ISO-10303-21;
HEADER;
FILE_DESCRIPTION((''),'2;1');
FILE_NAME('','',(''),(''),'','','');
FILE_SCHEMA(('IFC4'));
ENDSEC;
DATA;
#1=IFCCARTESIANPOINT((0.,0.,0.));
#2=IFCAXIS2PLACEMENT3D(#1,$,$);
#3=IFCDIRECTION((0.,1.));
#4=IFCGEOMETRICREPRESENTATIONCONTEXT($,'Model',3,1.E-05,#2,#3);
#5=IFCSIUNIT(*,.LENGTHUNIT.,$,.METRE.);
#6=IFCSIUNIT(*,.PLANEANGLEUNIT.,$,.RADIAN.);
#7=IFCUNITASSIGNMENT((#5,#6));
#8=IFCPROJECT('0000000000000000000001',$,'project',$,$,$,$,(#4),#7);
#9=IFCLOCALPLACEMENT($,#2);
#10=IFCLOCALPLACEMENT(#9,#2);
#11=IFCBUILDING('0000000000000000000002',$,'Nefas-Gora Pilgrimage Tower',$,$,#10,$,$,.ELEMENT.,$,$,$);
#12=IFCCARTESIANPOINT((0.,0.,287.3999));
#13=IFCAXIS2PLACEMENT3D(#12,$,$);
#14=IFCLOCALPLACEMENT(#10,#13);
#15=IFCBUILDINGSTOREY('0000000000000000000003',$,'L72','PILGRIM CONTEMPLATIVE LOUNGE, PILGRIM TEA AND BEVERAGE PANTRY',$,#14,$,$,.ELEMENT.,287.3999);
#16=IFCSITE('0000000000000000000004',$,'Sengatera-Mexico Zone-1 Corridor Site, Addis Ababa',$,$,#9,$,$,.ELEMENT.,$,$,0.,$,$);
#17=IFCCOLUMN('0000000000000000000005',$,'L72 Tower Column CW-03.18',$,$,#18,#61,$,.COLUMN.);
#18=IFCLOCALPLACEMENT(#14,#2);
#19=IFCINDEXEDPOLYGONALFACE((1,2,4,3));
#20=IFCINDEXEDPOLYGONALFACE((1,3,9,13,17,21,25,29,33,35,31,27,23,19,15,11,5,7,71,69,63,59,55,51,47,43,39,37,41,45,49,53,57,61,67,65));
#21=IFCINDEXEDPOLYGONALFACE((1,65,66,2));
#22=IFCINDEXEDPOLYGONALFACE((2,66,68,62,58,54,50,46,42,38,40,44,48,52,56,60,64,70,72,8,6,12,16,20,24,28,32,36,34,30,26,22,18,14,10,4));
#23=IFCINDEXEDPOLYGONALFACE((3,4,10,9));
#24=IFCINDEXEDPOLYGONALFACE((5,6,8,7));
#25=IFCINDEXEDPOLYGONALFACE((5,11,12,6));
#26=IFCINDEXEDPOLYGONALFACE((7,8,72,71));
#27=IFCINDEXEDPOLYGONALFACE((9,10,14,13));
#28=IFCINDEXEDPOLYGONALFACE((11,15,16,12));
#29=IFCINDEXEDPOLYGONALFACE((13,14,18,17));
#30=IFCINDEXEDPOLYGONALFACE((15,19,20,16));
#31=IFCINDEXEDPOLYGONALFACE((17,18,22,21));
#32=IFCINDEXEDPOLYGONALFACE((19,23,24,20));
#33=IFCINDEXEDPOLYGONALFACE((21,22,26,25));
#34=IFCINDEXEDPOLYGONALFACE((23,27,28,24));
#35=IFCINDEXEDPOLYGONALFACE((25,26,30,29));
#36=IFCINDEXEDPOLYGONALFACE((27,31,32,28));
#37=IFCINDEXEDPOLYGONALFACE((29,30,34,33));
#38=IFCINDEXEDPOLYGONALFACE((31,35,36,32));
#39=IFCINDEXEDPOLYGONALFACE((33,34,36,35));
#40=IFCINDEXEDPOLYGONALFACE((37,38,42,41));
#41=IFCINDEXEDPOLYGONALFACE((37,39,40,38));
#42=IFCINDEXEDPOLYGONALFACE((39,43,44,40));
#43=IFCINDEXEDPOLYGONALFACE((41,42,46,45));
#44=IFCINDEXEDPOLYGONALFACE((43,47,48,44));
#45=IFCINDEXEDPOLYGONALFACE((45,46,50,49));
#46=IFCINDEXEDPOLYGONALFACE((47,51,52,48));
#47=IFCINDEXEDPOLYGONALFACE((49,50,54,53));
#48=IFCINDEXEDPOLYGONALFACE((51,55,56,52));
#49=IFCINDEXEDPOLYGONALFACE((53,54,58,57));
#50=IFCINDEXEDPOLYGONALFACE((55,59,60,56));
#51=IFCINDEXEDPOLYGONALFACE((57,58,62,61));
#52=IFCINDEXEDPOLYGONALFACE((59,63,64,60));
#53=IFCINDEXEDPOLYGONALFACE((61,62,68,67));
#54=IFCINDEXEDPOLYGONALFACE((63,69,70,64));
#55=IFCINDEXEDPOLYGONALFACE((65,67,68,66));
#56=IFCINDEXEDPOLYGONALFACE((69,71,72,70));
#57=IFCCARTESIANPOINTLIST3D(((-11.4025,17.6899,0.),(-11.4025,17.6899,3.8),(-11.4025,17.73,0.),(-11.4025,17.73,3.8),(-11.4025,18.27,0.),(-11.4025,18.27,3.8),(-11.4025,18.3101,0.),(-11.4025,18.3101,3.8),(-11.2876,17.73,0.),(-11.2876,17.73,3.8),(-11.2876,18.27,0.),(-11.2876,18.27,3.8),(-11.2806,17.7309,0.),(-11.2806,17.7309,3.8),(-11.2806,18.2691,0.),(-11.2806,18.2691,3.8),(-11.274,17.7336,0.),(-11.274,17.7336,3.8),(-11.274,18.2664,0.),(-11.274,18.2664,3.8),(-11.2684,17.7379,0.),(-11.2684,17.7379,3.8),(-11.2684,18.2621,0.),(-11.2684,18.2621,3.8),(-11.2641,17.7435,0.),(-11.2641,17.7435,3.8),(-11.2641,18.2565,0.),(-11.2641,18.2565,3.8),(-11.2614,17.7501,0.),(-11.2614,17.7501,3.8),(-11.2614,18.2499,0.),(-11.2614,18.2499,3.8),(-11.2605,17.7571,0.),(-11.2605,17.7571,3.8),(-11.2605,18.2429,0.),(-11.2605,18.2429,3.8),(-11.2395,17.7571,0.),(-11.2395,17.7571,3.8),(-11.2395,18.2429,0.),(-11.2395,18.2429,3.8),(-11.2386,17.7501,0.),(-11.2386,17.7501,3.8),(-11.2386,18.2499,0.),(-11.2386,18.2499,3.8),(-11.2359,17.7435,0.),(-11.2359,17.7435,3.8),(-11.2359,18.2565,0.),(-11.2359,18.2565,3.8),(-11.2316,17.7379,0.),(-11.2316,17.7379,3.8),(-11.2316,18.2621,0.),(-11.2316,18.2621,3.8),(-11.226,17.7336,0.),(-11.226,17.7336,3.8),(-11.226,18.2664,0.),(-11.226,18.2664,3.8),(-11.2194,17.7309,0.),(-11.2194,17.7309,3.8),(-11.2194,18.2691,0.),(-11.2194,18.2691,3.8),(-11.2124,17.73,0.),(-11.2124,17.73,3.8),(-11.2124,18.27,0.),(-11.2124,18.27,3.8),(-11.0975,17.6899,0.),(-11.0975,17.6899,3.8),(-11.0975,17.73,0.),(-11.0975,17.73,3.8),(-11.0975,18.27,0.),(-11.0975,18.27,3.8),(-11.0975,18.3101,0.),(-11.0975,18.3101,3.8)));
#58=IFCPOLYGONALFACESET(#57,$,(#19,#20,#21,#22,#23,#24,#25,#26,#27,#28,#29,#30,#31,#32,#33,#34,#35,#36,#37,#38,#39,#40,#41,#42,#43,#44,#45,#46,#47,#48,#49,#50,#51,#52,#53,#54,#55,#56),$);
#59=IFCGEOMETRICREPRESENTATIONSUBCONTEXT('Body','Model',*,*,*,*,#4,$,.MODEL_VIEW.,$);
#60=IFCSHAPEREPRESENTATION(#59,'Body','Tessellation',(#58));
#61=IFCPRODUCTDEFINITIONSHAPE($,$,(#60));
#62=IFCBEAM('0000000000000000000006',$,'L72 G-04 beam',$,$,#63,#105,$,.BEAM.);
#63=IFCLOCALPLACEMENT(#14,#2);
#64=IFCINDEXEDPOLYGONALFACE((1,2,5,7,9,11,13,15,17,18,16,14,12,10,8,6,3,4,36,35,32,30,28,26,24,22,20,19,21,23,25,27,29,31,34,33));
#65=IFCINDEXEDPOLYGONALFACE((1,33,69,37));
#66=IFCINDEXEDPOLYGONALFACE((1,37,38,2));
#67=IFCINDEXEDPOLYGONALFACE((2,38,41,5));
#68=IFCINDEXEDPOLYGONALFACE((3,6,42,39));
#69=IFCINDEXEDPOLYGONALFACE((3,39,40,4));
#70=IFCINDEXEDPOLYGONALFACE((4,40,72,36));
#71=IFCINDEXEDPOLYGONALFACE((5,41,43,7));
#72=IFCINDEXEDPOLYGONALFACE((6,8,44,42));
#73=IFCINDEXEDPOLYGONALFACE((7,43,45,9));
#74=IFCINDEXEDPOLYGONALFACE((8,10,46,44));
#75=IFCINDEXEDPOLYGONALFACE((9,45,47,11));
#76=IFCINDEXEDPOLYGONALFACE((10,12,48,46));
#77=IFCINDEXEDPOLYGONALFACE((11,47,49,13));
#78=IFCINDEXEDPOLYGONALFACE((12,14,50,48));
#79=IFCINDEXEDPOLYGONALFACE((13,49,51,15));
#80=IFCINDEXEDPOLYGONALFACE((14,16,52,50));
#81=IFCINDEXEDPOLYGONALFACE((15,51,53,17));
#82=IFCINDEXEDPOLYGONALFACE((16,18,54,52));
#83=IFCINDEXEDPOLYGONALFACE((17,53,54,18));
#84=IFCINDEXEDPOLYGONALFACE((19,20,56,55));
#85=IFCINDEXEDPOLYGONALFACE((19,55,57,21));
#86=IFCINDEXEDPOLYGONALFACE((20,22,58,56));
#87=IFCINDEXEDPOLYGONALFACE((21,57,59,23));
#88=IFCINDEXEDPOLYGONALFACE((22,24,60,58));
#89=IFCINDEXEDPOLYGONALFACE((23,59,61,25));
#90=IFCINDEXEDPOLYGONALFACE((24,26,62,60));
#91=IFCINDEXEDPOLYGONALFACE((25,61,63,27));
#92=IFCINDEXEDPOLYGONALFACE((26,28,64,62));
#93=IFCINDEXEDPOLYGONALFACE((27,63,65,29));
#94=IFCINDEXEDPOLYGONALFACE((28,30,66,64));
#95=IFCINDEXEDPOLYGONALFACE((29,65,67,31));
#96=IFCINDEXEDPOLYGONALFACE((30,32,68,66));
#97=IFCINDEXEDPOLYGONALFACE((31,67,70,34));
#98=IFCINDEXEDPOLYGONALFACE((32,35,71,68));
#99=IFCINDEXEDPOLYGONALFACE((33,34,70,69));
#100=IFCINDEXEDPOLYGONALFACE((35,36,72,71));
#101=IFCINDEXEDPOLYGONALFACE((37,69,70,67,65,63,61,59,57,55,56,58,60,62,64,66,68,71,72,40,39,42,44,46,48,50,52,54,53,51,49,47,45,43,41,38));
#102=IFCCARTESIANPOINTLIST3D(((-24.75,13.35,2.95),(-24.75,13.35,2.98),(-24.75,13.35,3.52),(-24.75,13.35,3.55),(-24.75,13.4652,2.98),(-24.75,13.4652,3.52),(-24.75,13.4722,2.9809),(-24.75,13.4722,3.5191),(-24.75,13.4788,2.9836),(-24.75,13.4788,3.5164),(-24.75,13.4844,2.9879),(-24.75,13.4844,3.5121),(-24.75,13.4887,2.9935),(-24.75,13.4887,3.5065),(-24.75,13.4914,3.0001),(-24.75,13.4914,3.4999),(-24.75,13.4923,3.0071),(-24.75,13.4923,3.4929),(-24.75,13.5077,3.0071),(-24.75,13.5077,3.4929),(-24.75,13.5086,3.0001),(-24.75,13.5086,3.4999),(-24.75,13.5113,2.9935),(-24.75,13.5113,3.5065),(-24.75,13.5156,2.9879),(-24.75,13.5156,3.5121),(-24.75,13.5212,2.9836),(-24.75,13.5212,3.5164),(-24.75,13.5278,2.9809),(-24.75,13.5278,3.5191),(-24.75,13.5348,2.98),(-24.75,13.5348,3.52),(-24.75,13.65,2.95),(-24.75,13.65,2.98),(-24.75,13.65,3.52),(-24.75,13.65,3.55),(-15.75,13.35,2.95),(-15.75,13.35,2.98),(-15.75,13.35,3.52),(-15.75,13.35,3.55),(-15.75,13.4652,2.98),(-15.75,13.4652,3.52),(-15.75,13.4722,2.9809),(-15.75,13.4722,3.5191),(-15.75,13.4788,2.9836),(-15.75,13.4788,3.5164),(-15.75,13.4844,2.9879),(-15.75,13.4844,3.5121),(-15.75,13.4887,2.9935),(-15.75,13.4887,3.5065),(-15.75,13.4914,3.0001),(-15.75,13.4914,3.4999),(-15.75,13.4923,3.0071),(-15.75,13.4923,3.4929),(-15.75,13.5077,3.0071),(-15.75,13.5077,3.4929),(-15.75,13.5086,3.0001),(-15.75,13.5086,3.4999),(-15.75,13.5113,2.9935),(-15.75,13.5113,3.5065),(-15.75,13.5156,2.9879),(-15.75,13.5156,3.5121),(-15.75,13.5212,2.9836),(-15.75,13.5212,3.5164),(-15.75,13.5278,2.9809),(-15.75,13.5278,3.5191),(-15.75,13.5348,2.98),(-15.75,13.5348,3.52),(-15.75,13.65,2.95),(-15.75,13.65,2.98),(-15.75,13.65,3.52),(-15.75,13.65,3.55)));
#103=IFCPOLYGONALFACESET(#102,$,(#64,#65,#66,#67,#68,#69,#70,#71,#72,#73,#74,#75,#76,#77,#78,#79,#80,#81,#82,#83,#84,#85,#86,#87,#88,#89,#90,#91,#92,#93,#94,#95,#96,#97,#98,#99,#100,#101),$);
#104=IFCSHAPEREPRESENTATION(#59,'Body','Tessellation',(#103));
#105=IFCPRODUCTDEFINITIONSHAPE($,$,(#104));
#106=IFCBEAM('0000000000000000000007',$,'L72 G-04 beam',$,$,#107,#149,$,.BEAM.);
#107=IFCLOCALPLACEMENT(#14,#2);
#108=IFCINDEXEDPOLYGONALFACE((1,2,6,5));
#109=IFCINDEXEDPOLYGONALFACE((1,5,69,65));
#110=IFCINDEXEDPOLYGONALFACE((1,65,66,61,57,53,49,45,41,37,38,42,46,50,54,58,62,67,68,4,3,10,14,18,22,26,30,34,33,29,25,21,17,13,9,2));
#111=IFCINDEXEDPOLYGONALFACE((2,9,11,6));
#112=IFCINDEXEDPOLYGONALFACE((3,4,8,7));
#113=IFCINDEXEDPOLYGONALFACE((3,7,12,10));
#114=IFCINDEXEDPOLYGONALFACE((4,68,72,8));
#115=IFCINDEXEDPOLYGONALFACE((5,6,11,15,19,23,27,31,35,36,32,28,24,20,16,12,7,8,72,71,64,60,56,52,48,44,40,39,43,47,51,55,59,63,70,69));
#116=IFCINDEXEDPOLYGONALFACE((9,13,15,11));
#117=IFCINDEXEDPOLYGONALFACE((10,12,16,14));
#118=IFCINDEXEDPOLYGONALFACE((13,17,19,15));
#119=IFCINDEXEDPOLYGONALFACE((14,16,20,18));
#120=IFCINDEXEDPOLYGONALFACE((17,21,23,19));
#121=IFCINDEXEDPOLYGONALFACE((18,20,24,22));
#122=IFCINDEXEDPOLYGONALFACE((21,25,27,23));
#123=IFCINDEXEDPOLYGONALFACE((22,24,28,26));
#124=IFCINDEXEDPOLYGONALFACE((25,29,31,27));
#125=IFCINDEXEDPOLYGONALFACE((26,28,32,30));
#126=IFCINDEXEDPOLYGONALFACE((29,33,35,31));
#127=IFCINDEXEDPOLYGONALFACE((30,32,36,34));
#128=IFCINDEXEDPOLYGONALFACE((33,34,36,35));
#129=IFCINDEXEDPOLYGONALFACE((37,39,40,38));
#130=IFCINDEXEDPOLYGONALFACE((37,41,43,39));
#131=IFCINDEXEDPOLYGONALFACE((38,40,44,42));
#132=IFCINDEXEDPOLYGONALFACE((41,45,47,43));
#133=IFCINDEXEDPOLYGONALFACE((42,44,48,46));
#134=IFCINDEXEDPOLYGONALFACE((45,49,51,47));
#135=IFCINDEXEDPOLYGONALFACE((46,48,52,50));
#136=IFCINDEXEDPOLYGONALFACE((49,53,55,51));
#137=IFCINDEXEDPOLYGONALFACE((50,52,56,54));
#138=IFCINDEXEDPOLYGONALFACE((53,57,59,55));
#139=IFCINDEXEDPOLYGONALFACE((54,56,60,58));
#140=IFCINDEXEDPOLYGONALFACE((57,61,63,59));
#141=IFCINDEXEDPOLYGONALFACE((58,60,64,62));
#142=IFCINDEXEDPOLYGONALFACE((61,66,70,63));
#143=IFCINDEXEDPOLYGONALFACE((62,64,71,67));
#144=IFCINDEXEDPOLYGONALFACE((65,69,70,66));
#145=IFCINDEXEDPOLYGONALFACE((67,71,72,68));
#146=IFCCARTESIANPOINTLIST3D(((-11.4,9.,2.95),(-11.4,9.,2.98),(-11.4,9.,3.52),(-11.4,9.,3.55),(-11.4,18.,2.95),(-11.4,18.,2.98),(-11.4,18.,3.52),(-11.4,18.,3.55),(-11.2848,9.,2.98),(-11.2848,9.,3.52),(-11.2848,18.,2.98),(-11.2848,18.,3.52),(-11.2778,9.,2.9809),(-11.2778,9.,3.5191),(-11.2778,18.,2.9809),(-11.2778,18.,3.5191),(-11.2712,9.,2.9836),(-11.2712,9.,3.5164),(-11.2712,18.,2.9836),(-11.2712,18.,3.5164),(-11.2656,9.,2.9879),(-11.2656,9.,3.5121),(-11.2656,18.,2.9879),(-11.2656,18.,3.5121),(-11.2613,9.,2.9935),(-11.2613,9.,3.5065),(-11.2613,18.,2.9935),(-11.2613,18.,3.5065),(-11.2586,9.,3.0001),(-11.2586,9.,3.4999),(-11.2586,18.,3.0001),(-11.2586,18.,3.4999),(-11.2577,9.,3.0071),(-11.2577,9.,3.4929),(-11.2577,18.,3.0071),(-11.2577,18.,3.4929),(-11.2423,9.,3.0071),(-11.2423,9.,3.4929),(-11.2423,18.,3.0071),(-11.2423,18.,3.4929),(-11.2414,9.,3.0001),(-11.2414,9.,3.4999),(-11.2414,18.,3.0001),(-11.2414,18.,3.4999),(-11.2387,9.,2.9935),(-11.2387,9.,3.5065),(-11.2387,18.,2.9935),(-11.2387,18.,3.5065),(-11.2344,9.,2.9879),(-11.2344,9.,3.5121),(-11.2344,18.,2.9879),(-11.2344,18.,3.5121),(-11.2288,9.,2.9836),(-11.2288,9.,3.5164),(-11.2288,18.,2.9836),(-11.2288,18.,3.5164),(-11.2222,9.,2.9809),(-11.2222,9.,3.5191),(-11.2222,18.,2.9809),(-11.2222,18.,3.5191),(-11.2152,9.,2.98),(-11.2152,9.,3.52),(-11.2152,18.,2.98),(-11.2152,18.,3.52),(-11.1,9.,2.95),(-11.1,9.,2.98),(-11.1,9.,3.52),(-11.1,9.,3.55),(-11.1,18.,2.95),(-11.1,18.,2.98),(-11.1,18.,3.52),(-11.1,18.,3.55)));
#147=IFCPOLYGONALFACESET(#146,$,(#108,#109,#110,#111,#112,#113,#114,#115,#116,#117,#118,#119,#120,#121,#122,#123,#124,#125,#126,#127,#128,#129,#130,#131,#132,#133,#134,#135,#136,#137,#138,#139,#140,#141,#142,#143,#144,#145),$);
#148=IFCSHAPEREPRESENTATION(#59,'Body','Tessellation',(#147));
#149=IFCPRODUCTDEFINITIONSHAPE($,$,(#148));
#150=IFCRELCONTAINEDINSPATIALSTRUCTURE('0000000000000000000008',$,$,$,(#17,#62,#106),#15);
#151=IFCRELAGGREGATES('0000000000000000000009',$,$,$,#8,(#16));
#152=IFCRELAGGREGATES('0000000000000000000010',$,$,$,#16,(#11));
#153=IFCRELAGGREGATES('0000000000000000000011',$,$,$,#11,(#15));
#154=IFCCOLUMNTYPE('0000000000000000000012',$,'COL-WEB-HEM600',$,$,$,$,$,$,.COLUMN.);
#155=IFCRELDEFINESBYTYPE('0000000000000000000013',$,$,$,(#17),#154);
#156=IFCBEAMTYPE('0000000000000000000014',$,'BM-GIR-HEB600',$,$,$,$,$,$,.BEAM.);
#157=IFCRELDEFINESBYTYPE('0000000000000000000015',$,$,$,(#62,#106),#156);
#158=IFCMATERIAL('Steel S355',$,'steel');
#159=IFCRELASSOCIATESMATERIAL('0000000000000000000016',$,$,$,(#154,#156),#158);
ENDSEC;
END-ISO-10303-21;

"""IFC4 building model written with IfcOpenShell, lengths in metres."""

from ifc_helpers import new_model, si_unit, direction, frame, origin, origin_2d, place, context, subcontext, project, spatial, i_section, extrude, source, transform, mapped, material, material_profile, profile_set, type_object, element, save


model = new_model("IFC4")

# Units and contexts
model_context = context("Model", 3, precision=1e-05, world=origin(), true_north=direction((0.0, 1.0)))
body_context = subcontext(model_context, "Body", "Model", "MODEL_VIEW")
ifc_project = project(units=[si_unit("LENGTHUNIT", "METRE"), si_unit("PLANEANGLEUNIT", "RADIAN")], contexts=[model_context])

# Site, building, storey
site_placement = place(None, origin())
site = spatial("IfcSite", under=ifc_project, at=site_placement, Name="Sengatera-Mexico Zone-1 Corridor Site, Addis Ababa", CompositionType="ELEMENT", RefElevation=0.0)
building_placement = place(site_placement, origin())
building = spatial("IfcBuilding", under=site, at=building_placement, Name="Nefas-Gora Pilgrimage Tower", CompositionType="ELEMENT")
storey_placement = place(building_placement, frame((0.0, 0.0, 287.3999)))
storey = spatial("IfcBuildingStorey", under=building, at=storey_placement, Name="L72", Description="PILGRIM CONTEMPLATIVE LOUNGE, PILGRIM TEA AND BEVERAGE PANTRY", CompositionType="ELEMENT", Elevation=287.3999)

# Column
ifc_material_1 = material(Name="Steel S355", Category="steel")
ifc_material_profile_1 = material_profile(ifc_material_1, i_section(OverallWidth=0.3049, OverallDepth=0.6201, WebThickness=0.021, FlangeThickness=0.04, FilletRadius=0.0271, at=origin_2d()), Name="HEM 600")
ifc_profile_set_1 = profile_set([ifc_material_profile_1], Name="Steel S355")
column_type_1 = type_object("IfcColumnType", Name="COL-WEB-HEM600", PredefinedType="COLUMN", material=ifc_profile_set_1)
shared_shape_1 = source(origin(), body_context, "Body", "SweptSolid", [
    extrude(i_section(OverallWidth=0.3049, OverallDepth=0.6201, WebThickness=0.021, FlangeThickness=0.04, FilletRadius=0.0271, at=origin_2d()), origin(), (0.0, 0.0, 1.0), 3.8),
])
for number, where, z_axis, x_axis, name in (
    (1, (-11.25, 18.0, 0.0), (0.0, 0.0, 1.0), (1.0, 0.0, 0.0), "L72 Tower Column CW-03.18"),
):
    element("IfcColumn", number, at=place(storey_placement, frame(where, z_axis=z_axis, x_axis=x_axis)), inside=storey, type_object=column_type_1, Name=name, PredefinedType="COLUMN", context=body_context, shape_type="MappedRepresentation", body=[
        mapped(shared_shape_1, transform((0.0, 0.0, 0.0), x_axis=(1.0, 0.0, 0.0), y_axis=(0.0, 1.0, 0.0), z_axis=(0.0, 0.0, 1.0), scale=1.0)),
    ])

# Beams
ifc_material_profile_2 = material_profile(ifc_material_1, i_section(OverallWidth=0.3, OverallDepth=0.6001, WebThickness=0.0154, FlangeThickness=0.03, FilletRadius=0.0271, at=origin_2d()), Name="HEB 600")
ifc_profile_set_2 = profile_set([ifc_material_profile_2], Name="Steel S355")
beam_type = type_object("IfcBeamType", Name="BM-GIR-HEB600", PredefinedType="BEAM", material=ifc_profile_set_2)
shared_shape_2 = source(origin(), body_context, "Body", "SweptSolid", [
    extrude(i_section(OverallWidth=0.3, OverallDepth=0.6001, WebThickness=0.0154, FlangeThickness=0.03, FilletRadius=0.0271, at=origin_2d()), origin(), (0.0, 0.0, 1.0), 9.0),
])
for number, where, z_axis, x_axis, name in (
    (2, (-24.75, 13.5, 3.25), (1.0, 0.0, 0.0), (0.0, 1.0, 0.0), "L72 G-04 beam"),
    (3, (-11.25, 9.0, 3.25), (0.0, 1.0, 0.0), (-1.0, 0.0, 0.0), "L72 G-04 beam"),
):
    element("IfcBeam", number, at=place(storey_placement, frame(where, z_axis=z_axis, x_axis=x_axis)), inside=storey, type_object=beam_type, Name=name, PredefinedType="BEAM", context=body_context, shape_type="MappedRepresentation", body=[
        mapped(shared_shape_2, transform((0.0, 0.0, 0.0), x_axis=(1.0, 0.0, 0.0), y_axis=(0.0, 1.0, 0.0), z_axis=(0.0, 0.0, 1.0), scale=1.0)),
    ])

save(model, "model.ifc")
